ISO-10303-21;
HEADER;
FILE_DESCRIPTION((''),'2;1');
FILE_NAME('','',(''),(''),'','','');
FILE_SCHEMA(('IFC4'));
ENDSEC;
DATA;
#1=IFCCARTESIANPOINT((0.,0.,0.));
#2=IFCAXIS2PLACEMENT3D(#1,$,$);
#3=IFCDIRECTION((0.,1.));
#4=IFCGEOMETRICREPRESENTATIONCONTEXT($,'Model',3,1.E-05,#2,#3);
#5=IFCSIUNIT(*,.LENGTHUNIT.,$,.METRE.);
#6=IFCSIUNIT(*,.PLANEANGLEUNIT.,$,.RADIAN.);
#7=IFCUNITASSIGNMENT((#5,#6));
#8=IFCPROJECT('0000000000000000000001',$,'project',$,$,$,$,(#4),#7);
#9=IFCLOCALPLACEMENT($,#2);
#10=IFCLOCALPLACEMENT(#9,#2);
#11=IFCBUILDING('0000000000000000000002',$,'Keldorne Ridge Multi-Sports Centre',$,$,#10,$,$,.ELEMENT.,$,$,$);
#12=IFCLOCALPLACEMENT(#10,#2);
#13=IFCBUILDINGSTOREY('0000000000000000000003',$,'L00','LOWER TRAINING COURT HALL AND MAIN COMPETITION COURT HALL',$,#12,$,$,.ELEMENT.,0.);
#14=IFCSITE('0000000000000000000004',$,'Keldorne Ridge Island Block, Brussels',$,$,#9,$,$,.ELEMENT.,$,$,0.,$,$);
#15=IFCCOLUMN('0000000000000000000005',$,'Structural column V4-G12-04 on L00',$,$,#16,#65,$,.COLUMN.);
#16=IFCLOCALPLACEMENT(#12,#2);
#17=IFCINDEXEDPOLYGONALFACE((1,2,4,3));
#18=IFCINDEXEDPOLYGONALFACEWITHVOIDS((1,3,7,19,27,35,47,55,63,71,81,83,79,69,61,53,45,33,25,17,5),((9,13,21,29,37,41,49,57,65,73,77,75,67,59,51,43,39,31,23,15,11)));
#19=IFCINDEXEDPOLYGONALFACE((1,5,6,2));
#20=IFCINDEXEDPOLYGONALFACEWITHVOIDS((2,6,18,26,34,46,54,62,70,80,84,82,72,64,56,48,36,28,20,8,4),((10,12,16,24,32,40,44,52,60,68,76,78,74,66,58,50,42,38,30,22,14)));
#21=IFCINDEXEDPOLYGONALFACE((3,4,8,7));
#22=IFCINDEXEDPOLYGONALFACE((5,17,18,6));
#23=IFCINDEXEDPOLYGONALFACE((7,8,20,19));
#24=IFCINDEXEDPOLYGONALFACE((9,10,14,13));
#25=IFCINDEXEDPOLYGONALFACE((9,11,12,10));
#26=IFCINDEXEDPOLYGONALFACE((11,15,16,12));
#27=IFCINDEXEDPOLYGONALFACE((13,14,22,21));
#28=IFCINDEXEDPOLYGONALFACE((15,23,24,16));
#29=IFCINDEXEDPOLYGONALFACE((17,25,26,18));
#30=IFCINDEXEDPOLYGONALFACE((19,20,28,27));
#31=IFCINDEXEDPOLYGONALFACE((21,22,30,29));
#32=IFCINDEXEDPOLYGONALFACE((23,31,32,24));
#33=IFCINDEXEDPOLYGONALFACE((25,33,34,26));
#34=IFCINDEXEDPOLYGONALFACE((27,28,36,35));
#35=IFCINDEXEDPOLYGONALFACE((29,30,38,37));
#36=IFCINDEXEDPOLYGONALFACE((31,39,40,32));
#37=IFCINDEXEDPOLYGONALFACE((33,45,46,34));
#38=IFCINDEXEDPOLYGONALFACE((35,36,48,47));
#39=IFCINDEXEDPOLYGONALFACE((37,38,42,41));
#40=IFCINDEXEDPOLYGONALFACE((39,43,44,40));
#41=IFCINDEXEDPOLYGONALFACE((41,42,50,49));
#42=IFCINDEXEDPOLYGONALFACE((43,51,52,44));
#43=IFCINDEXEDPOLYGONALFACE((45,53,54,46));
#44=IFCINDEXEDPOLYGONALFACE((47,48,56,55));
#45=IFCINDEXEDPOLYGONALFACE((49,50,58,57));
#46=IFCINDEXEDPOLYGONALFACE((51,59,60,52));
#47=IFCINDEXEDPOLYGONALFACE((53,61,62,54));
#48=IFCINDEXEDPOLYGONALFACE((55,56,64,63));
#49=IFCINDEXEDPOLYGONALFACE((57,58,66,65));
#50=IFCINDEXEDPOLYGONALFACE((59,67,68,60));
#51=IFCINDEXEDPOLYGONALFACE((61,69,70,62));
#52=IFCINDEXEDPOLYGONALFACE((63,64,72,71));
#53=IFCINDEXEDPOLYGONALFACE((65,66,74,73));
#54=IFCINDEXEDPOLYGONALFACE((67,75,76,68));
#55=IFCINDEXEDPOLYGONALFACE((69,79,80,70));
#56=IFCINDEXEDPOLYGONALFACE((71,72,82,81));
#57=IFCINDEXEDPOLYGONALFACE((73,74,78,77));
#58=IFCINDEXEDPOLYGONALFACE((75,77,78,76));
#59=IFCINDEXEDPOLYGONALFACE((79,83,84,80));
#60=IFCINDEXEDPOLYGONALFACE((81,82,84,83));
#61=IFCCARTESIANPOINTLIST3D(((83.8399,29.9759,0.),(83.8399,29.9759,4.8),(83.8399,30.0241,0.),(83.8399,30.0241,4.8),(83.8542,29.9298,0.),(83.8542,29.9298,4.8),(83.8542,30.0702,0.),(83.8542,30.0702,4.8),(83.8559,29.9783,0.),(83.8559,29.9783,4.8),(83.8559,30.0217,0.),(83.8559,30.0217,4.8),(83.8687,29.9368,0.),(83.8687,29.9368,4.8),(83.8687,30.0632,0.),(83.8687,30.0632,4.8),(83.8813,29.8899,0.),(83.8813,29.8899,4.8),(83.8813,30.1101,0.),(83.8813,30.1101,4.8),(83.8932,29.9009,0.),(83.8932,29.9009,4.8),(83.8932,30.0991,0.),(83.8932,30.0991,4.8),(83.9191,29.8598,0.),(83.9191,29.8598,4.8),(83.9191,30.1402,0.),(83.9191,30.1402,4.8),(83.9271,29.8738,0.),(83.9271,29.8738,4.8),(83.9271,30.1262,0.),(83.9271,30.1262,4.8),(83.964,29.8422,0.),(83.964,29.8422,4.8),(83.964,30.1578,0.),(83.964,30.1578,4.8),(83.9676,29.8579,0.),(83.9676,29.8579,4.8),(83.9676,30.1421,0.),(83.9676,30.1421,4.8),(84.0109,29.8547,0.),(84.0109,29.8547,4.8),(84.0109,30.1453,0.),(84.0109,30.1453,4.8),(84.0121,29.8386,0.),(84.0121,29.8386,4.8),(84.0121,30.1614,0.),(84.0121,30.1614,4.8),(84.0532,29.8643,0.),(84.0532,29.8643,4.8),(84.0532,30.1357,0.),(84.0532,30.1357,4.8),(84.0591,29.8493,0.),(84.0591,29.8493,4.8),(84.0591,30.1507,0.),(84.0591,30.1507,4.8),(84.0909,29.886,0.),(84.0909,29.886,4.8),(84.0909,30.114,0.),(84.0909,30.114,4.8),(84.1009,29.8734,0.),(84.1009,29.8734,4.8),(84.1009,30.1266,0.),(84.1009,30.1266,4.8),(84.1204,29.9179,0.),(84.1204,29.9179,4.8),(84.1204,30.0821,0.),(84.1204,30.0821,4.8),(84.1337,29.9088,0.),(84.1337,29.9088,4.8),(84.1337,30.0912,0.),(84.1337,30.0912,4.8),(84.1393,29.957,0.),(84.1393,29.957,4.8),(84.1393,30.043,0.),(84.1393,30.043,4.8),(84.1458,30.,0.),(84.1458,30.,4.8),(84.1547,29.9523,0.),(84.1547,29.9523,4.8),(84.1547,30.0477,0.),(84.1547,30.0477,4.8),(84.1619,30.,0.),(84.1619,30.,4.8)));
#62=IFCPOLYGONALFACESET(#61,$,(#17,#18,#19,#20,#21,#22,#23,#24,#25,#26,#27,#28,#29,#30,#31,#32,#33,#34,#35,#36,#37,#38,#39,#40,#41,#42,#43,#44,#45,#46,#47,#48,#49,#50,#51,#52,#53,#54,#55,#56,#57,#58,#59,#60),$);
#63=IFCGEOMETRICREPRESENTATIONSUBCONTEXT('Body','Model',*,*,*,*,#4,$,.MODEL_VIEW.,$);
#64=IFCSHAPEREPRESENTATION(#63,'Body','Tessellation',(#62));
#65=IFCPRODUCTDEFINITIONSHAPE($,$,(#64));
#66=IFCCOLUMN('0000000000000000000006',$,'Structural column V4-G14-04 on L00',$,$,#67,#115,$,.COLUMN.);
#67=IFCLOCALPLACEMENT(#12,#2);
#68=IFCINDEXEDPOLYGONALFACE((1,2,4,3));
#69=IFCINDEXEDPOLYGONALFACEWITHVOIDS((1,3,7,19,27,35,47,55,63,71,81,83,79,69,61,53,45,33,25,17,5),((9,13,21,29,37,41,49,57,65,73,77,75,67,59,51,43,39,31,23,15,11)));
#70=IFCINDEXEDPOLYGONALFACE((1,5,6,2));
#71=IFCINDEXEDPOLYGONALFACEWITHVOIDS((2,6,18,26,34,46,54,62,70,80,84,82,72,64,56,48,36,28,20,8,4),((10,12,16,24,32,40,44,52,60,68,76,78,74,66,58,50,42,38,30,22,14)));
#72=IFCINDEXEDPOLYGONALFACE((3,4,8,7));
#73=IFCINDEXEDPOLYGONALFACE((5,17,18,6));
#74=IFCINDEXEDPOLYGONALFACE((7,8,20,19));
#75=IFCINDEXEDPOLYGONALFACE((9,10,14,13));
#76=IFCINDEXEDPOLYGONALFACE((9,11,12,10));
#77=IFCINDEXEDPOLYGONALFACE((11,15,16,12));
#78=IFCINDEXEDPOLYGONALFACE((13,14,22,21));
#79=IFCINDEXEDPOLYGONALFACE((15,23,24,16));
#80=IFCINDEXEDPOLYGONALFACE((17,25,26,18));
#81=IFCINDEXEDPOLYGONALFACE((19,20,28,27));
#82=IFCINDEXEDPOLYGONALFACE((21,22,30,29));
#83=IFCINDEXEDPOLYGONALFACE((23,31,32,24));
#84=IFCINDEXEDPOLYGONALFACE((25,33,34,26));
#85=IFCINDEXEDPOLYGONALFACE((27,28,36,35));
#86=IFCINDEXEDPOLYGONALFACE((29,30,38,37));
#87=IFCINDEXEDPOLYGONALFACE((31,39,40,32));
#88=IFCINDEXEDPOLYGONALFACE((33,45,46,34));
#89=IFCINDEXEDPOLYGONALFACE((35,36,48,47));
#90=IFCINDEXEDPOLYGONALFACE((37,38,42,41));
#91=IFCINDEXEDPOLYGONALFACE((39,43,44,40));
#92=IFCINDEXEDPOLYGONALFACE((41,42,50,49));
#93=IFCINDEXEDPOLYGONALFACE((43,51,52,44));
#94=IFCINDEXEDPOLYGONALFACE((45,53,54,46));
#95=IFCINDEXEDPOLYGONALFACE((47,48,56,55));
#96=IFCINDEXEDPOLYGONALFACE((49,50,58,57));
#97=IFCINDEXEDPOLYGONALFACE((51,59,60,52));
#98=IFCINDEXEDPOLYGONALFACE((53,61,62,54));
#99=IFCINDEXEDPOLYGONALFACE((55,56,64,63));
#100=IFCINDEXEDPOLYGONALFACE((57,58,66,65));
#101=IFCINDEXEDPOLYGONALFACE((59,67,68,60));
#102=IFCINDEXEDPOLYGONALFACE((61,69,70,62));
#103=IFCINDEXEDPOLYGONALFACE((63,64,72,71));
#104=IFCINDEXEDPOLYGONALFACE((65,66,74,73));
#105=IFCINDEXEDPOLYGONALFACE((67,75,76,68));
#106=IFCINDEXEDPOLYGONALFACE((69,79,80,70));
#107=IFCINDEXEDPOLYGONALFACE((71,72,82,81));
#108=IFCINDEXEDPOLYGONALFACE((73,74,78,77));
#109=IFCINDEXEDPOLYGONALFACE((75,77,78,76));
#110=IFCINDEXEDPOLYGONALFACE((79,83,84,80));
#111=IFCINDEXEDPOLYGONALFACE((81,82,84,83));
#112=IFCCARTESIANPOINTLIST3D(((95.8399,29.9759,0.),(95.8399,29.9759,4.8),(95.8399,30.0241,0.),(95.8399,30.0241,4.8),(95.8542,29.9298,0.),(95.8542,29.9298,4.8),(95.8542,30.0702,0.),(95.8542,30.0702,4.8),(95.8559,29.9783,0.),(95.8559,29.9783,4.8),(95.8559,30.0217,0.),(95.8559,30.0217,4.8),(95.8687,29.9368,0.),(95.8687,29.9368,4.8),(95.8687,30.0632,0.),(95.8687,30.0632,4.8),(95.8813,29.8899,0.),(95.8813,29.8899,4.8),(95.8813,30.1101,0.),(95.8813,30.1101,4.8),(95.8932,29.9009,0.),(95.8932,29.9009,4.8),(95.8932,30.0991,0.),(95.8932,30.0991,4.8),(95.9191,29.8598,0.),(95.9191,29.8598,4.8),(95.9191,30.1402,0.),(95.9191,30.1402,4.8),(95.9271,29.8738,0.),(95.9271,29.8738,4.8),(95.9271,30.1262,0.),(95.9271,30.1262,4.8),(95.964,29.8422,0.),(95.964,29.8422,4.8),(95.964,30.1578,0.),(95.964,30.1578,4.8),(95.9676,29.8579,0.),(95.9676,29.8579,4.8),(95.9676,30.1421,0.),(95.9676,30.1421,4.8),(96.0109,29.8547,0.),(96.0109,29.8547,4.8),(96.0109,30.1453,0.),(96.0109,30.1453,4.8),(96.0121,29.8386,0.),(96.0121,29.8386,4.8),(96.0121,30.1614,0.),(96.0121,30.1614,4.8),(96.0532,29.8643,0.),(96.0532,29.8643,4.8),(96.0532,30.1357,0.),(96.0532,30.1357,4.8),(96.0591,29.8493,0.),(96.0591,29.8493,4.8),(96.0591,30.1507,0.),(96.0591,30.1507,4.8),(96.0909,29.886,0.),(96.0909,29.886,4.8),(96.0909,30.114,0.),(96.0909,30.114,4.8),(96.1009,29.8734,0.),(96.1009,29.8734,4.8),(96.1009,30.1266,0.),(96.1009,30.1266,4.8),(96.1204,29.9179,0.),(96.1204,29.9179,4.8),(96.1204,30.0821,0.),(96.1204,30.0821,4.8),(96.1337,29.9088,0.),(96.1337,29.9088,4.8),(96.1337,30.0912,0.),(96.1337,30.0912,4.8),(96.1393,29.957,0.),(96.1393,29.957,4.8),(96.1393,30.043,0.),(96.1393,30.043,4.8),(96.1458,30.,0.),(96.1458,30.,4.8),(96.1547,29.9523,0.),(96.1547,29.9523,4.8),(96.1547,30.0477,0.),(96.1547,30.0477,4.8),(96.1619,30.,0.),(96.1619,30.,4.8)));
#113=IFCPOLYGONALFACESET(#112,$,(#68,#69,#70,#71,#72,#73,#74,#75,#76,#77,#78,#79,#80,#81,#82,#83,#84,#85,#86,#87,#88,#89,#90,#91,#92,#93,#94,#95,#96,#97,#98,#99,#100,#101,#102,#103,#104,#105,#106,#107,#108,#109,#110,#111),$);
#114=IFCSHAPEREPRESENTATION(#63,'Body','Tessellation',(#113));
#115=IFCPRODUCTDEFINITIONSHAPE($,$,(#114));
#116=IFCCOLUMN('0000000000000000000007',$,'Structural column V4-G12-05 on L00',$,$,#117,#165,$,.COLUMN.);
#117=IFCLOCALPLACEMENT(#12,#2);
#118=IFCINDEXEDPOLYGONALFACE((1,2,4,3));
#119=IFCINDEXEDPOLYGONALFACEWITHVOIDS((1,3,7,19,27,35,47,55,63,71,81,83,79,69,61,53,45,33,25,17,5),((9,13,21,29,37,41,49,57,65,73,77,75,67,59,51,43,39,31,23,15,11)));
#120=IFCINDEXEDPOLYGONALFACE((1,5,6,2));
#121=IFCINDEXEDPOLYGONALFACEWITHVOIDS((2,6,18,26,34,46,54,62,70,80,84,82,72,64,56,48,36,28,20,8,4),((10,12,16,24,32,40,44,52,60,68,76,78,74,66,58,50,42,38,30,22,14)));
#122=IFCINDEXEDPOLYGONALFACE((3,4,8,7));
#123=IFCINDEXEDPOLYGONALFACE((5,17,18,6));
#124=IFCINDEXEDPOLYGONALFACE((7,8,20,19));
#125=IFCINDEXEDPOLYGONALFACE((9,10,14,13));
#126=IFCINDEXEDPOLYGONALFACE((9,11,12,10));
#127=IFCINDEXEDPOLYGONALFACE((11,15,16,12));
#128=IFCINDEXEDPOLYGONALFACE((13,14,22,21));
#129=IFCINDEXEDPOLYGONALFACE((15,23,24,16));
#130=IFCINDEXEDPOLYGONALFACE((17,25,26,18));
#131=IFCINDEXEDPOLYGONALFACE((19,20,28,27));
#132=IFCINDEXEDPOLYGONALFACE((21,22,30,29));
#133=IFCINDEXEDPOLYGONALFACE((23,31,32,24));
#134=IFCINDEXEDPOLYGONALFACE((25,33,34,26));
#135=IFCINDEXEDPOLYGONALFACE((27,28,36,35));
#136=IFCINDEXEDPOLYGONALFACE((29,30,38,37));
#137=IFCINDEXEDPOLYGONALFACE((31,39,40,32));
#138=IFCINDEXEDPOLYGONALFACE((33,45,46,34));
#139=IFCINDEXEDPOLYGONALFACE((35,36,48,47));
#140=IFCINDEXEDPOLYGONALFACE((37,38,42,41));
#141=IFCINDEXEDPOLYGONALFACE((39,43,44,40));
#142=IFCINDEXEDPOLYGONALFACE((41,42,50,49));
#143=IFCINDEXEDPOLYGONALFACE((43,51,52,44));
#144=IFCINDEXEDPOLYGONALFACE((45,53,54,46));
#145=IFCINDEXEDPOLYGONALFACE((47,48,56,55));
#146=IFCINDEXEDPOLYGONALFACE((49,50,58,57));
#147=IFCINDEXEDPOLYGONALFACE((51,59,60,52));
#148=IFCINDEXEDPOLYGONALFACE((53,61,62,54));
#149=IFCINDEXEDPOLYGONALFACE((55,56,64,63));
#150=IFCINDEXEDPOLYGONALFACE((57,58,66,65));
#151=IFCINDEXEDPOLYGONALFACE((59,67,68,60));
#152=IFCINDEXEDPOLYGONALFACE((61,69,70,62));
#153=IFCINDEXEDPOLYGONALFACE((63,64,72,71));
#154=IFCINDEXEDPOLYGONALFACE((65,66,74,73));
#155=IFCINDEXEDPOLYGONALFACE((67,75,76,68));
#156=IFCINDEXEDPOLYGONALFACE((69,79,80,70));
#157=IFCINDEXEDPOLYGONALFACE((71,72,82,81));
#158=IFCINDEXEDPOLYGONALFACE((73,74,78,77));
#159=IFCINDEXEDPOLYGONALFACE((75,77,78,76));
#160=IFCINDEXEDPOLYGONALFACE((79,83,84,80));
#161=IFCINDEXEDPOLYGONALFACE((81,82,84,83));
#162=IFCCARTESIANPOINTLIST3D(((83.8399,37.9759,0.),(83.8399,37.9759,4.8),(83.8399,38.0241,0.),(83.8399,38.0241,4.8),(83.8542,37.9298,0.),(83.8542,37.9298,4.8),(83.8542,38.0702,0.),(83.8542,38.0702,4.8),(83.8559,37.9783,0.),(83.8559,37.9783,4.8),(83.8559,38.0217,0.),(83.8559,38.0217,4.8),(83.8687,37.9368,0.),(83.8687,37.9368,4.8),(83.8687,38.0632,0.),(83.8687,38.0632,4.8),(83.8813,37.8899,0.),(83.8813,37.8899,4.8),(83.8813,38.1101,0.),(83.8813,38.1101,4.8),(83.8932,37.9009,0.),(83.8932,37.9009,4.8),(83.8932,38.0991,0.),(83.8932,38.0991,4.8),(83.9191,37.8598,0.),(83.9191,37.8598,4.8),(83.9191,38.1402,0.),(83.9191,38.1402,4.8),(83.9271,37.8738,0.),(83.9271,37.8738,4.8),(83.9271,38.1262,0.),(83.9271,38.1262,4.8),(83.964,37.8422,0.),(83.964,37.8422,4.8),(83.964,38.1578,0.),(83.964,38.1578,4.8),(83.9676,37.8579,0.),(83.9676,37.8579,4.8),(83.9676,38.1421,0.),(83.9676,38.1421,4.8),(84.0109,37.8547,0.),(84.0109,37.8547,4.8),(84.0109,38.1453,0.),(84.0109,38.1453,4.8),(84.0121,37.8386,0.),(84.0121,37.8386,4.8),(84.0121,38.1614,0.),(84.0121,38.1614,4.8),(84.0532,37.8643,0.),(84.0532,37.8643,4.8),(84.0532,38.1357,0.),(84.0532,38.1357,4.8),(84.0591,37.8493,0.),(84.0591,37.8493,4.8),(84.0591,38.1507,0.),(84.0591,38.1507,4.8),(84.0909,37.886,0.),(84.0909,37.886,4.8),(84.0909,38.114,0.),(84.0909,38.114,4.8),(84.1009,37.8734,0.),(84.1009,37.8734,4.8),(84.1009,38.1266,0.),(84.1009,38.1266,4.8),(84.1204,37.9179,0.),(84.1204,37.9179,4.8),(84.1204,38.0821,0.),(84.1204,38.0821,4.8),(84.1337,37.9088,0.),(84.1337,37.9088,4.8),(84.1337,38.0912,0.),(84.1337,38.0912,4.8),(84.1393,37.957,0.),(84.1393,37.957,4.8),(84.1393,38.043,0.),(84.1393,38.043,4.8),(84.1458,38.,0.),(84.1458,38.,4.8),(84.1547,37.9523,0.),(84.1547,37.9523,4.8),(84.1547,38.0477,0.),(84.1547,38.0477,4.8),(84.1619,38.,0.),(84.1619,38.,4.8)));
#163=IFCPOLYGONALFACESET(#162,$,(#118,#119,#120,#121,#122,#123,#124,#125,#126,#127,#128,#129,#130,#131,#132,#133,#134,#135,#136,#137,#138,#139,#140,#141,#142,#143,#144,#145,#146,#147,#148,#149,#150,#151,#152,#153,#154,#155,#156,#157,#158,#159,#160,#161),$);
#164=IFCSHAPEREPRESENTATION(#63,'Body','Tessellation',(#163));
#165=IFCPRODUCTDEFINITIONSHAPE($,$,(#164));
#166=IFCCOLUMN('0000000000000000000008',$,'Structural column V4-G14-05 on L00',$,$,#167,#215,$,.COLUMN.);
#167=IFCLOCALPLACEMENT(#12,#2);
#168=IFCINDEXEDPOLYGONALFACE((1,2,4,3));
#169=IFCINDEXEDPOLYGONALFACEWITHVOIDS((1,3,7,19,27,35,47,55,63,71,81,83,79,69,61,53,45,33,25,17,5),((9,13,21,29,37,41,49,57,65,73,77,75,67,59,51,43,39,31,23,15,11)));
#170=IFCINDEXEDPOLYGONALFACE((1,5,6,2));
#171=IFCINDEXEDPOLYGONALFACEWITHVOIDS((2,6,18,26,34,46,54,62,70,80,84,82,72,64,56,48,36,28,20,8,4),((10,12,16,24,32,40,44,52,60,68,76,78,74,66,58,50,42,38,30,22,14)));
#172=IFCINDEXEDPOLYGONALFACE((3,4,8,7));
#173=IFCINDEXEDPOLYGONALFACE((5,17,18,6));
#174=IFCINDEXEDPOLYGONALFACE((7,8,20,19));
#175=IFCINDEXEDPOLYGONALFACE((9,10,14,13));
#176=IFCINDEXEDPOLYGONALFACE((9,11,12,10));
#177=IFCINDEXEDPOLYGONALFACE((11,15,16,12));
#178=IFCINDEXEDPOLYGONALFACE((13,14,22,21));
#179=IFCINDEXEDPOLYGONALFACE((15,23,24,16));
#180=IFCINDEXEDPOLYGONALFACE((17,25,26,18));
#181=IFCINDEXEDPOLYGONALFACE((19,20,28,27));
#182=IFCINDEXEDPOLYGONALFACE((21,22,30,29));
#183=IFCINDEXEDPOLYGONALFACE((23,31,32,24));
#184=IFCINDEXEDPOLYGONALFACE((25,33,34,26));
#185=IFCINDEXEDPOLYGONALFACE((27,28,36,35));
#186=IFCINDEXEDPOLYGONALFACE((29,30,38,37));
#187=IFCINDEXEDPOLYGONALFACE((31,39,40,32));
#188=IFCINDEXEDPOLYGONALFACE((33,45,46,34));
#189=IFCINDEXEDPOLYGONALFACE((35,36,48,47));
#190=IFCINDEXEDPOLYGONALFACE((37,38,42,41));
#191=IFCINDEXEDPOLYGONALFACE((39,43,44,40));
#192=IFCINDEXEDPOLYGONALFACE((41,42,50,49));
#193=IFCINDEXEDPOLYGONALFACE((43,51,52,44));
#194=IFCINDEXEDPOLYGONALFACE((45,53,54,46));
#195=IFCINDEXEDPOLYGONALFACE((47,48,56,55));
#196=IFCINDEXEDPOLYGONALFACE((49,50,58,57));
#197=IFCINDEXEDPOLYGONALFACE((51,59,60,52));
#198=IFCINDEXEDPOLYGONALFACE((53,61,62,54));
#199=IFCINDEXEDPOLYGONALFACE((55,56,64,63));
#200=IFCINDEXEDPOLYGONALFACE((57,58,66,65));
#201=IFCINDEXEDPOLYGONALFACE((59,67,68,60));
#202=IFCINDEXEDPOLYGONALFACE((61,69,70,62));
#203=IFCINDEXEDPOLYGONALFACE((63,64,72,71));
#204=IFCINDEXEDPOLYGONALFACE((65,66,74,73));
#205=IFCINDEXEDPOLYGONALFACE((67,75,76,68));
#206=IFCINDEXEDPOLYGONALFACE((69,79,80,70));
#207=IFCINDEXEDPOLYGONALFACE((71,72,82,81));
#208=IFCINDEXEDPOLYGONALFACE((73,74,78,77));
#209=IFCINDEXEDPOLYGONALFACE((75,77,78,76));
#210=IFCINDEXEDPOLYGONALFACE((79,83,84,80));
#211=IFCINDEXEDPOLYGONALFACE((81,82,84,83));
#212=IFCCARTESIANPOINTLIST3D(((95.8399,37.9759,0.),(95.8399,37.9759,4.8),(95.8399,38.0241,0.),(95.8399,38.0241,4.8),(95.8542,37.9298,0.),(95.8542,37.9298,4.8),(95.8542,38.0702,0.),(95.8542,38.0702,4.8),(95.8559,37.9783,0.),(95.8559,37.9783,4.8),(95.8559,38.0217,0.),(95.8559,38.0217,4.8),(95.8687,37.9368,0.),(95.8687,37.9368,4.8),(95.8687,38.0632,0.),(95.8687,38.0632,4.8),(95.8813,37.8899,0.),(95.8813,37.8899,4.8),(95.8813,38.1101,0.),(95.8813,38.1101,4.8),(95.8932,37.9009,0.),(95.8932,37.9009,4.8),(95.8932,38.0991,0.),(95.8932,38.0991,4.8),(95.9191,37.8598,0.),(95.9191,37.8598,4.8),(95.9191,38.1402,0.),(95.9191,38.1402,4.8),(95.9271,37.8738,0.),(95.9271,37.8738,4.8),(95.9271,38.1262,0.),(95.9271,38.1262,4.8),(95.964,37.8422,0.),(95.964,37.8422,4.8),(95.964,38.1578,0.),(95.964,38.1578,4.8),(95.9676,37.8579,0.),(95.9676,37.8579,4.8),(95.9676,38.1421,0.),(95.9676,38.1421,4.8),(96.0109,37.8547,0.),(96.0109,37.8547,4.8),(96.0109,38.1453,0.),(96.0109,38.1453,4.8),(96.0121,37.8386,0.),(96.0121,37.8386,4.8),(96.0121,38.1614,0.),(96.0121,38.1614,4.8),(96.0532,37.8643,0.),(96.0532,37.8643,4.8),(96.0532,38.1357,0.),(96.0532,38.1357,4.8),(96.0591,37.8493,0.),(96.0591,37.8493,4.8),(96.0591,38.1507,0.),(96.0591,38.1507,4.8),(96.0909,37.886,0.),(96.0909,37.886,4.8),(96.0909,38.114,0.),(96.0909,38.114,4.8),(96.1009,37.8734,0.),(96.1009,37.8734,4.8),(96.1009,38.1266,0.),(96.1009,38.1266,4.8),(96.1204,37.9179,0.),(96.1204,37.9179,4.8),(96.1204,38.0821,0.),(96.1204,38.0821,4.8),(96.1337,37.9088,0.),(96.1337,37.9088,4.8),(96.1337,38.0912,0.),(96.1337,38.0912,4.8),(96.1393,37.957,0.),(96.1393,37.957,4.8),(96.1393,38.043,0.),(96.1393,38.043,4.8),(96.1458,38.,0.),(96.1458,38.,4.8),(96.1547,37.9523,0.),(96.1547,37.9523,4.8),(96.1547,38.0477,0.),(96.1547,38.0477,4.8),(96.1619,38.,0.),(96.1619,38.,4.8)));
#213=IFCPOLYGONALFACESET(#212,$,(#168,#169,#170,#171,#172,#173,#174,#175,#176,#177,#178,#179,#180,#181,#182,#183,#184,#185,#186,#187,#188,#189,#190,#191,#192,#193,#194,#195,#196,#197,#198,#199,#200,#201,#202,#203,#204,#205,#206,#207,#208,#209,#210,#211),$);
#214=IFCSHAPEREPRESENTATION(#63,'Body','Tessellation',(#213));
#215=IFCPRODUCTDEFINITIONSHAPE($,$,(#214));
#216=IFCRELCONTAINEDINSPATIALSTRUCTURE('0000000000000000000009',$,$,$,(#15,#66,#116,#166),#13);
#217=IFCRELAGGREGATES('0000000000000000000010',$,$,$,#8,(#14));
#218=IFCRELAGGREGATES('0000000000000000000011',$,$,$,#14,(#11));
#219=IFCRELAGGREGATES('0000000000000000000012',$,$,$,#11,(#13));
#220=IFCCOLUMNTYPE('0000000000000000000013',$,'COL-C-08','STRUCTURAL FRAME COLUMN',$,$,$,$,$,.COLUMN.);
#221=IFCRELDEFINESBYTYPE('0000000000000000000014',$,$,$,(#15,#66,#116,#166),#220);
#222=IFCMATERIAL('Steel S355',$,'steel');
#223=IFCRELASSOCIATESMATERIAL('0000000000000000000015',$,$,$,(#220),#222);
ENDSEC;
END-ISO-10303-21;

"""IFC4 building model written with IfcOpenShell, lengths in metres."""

from ifc_helpers import new_model, si_unit, direction, frame, origin, origin_2d, place, context, subcontext, project, spatial, hollow_circle, extrude, material, material_profile, profile_set, type_object, element, save


model = new_model("IFC4")

# Units and contexts
model_context = context("Model", 3, precision=1e-05, world=origin(), true_north=direction((0.0, 1.0)))
body_context = subcontext(model_context, "Body", "Model", "MODEL_VIEW")
ifc_project = project(units=[si_unit("LENGTHUNIT", "METRE"), si_unit("PLANEANGLEUNIT", "RADIAN")], contexts=[model_context])

# Site, building, storey
site_placement = place(None, origin())
site = spatial("IfcSite", under=ifc_project, at=site_placement, Name="Keldorne Ridge Island Block, Brussels", CompositionType="ELEMENT", RefElevation=0.0)
building_placement = place(site_placement, origin())
building = spatial("IfcBuilding", under=site, at=building_placement, Name="Keldorne Ridge Multi-Sports Centre", CompositionType="ELEMENT")
storey_placement = place(building_placement, origin())
storey = spatial("IfcBuildingStorey", under=building, at=storey_placement, Name="L00", Description="LOWER TRAINING COURT HALL AND MAIN COMPETITION COURT HALL", CompositionType="ELEMENT", Elevation=0.0)

# Columns
ifc_material_1 = material(Name="Steel S355", Category="steel")
ifc_material_profile_1 = material_profile(ifc_material_1, hollow_circle(Radius=0.1619, WallThickness=0.0161, at=origin_2d()), Name="CHS 323.9x16")
ifc_profile_set_1 = profile_set([ifc_material_profile_1], Name="Steel S355")
column_type = type_object("IfcColumnType", Name="COL-C-08", Description="STRUCTURAL FRAME COLUMN", PredefinedType="COLUMN", material=ifc_profile_set_1)
for number, where, z_axis, x_axis, name in (
    (1, (84.0, 30.0, 0.0), (0.0, 0.0, 1.0), (1.0, 0.0, 0.0), "Structural column V4-G12-04 on L00"),
    (2, (96.0, 30.0, 0.0), (0.0, 0.0, 1.0), (1.0, 0.0, 0.0), "Structural column V4-G14-04 on L00"),
    (3, (84.0, 38.0, 0.0), (0.0, 0.0, 1.0), (1.0, 0.0, 0.0), "Structural column V4-G12-05 on L00"),
    (4, (96.0, 38.0, 0.0), (0.0, 0.0, 1.0), (1.0, 0.0, 0.0), "Structural column V4-G14-05 on L00"),
):
    element("IfcColumn", number, at=place(storey_placement, frame(where, z_axis=z_axis, x_axis=x_axis)), inside=storey, type_object=column_type, Name=name, PredefinedType="COLUMN", context=body_context, shape_type="SweptSolid", body=[
        extrude(hollow_circle(Radius=0.1619, WallThickness=0.0161, at=origin_2d()), origin(), (0.0, 0.0, 1.0), 4.8),
    ])

save(model, "model.ifc")
